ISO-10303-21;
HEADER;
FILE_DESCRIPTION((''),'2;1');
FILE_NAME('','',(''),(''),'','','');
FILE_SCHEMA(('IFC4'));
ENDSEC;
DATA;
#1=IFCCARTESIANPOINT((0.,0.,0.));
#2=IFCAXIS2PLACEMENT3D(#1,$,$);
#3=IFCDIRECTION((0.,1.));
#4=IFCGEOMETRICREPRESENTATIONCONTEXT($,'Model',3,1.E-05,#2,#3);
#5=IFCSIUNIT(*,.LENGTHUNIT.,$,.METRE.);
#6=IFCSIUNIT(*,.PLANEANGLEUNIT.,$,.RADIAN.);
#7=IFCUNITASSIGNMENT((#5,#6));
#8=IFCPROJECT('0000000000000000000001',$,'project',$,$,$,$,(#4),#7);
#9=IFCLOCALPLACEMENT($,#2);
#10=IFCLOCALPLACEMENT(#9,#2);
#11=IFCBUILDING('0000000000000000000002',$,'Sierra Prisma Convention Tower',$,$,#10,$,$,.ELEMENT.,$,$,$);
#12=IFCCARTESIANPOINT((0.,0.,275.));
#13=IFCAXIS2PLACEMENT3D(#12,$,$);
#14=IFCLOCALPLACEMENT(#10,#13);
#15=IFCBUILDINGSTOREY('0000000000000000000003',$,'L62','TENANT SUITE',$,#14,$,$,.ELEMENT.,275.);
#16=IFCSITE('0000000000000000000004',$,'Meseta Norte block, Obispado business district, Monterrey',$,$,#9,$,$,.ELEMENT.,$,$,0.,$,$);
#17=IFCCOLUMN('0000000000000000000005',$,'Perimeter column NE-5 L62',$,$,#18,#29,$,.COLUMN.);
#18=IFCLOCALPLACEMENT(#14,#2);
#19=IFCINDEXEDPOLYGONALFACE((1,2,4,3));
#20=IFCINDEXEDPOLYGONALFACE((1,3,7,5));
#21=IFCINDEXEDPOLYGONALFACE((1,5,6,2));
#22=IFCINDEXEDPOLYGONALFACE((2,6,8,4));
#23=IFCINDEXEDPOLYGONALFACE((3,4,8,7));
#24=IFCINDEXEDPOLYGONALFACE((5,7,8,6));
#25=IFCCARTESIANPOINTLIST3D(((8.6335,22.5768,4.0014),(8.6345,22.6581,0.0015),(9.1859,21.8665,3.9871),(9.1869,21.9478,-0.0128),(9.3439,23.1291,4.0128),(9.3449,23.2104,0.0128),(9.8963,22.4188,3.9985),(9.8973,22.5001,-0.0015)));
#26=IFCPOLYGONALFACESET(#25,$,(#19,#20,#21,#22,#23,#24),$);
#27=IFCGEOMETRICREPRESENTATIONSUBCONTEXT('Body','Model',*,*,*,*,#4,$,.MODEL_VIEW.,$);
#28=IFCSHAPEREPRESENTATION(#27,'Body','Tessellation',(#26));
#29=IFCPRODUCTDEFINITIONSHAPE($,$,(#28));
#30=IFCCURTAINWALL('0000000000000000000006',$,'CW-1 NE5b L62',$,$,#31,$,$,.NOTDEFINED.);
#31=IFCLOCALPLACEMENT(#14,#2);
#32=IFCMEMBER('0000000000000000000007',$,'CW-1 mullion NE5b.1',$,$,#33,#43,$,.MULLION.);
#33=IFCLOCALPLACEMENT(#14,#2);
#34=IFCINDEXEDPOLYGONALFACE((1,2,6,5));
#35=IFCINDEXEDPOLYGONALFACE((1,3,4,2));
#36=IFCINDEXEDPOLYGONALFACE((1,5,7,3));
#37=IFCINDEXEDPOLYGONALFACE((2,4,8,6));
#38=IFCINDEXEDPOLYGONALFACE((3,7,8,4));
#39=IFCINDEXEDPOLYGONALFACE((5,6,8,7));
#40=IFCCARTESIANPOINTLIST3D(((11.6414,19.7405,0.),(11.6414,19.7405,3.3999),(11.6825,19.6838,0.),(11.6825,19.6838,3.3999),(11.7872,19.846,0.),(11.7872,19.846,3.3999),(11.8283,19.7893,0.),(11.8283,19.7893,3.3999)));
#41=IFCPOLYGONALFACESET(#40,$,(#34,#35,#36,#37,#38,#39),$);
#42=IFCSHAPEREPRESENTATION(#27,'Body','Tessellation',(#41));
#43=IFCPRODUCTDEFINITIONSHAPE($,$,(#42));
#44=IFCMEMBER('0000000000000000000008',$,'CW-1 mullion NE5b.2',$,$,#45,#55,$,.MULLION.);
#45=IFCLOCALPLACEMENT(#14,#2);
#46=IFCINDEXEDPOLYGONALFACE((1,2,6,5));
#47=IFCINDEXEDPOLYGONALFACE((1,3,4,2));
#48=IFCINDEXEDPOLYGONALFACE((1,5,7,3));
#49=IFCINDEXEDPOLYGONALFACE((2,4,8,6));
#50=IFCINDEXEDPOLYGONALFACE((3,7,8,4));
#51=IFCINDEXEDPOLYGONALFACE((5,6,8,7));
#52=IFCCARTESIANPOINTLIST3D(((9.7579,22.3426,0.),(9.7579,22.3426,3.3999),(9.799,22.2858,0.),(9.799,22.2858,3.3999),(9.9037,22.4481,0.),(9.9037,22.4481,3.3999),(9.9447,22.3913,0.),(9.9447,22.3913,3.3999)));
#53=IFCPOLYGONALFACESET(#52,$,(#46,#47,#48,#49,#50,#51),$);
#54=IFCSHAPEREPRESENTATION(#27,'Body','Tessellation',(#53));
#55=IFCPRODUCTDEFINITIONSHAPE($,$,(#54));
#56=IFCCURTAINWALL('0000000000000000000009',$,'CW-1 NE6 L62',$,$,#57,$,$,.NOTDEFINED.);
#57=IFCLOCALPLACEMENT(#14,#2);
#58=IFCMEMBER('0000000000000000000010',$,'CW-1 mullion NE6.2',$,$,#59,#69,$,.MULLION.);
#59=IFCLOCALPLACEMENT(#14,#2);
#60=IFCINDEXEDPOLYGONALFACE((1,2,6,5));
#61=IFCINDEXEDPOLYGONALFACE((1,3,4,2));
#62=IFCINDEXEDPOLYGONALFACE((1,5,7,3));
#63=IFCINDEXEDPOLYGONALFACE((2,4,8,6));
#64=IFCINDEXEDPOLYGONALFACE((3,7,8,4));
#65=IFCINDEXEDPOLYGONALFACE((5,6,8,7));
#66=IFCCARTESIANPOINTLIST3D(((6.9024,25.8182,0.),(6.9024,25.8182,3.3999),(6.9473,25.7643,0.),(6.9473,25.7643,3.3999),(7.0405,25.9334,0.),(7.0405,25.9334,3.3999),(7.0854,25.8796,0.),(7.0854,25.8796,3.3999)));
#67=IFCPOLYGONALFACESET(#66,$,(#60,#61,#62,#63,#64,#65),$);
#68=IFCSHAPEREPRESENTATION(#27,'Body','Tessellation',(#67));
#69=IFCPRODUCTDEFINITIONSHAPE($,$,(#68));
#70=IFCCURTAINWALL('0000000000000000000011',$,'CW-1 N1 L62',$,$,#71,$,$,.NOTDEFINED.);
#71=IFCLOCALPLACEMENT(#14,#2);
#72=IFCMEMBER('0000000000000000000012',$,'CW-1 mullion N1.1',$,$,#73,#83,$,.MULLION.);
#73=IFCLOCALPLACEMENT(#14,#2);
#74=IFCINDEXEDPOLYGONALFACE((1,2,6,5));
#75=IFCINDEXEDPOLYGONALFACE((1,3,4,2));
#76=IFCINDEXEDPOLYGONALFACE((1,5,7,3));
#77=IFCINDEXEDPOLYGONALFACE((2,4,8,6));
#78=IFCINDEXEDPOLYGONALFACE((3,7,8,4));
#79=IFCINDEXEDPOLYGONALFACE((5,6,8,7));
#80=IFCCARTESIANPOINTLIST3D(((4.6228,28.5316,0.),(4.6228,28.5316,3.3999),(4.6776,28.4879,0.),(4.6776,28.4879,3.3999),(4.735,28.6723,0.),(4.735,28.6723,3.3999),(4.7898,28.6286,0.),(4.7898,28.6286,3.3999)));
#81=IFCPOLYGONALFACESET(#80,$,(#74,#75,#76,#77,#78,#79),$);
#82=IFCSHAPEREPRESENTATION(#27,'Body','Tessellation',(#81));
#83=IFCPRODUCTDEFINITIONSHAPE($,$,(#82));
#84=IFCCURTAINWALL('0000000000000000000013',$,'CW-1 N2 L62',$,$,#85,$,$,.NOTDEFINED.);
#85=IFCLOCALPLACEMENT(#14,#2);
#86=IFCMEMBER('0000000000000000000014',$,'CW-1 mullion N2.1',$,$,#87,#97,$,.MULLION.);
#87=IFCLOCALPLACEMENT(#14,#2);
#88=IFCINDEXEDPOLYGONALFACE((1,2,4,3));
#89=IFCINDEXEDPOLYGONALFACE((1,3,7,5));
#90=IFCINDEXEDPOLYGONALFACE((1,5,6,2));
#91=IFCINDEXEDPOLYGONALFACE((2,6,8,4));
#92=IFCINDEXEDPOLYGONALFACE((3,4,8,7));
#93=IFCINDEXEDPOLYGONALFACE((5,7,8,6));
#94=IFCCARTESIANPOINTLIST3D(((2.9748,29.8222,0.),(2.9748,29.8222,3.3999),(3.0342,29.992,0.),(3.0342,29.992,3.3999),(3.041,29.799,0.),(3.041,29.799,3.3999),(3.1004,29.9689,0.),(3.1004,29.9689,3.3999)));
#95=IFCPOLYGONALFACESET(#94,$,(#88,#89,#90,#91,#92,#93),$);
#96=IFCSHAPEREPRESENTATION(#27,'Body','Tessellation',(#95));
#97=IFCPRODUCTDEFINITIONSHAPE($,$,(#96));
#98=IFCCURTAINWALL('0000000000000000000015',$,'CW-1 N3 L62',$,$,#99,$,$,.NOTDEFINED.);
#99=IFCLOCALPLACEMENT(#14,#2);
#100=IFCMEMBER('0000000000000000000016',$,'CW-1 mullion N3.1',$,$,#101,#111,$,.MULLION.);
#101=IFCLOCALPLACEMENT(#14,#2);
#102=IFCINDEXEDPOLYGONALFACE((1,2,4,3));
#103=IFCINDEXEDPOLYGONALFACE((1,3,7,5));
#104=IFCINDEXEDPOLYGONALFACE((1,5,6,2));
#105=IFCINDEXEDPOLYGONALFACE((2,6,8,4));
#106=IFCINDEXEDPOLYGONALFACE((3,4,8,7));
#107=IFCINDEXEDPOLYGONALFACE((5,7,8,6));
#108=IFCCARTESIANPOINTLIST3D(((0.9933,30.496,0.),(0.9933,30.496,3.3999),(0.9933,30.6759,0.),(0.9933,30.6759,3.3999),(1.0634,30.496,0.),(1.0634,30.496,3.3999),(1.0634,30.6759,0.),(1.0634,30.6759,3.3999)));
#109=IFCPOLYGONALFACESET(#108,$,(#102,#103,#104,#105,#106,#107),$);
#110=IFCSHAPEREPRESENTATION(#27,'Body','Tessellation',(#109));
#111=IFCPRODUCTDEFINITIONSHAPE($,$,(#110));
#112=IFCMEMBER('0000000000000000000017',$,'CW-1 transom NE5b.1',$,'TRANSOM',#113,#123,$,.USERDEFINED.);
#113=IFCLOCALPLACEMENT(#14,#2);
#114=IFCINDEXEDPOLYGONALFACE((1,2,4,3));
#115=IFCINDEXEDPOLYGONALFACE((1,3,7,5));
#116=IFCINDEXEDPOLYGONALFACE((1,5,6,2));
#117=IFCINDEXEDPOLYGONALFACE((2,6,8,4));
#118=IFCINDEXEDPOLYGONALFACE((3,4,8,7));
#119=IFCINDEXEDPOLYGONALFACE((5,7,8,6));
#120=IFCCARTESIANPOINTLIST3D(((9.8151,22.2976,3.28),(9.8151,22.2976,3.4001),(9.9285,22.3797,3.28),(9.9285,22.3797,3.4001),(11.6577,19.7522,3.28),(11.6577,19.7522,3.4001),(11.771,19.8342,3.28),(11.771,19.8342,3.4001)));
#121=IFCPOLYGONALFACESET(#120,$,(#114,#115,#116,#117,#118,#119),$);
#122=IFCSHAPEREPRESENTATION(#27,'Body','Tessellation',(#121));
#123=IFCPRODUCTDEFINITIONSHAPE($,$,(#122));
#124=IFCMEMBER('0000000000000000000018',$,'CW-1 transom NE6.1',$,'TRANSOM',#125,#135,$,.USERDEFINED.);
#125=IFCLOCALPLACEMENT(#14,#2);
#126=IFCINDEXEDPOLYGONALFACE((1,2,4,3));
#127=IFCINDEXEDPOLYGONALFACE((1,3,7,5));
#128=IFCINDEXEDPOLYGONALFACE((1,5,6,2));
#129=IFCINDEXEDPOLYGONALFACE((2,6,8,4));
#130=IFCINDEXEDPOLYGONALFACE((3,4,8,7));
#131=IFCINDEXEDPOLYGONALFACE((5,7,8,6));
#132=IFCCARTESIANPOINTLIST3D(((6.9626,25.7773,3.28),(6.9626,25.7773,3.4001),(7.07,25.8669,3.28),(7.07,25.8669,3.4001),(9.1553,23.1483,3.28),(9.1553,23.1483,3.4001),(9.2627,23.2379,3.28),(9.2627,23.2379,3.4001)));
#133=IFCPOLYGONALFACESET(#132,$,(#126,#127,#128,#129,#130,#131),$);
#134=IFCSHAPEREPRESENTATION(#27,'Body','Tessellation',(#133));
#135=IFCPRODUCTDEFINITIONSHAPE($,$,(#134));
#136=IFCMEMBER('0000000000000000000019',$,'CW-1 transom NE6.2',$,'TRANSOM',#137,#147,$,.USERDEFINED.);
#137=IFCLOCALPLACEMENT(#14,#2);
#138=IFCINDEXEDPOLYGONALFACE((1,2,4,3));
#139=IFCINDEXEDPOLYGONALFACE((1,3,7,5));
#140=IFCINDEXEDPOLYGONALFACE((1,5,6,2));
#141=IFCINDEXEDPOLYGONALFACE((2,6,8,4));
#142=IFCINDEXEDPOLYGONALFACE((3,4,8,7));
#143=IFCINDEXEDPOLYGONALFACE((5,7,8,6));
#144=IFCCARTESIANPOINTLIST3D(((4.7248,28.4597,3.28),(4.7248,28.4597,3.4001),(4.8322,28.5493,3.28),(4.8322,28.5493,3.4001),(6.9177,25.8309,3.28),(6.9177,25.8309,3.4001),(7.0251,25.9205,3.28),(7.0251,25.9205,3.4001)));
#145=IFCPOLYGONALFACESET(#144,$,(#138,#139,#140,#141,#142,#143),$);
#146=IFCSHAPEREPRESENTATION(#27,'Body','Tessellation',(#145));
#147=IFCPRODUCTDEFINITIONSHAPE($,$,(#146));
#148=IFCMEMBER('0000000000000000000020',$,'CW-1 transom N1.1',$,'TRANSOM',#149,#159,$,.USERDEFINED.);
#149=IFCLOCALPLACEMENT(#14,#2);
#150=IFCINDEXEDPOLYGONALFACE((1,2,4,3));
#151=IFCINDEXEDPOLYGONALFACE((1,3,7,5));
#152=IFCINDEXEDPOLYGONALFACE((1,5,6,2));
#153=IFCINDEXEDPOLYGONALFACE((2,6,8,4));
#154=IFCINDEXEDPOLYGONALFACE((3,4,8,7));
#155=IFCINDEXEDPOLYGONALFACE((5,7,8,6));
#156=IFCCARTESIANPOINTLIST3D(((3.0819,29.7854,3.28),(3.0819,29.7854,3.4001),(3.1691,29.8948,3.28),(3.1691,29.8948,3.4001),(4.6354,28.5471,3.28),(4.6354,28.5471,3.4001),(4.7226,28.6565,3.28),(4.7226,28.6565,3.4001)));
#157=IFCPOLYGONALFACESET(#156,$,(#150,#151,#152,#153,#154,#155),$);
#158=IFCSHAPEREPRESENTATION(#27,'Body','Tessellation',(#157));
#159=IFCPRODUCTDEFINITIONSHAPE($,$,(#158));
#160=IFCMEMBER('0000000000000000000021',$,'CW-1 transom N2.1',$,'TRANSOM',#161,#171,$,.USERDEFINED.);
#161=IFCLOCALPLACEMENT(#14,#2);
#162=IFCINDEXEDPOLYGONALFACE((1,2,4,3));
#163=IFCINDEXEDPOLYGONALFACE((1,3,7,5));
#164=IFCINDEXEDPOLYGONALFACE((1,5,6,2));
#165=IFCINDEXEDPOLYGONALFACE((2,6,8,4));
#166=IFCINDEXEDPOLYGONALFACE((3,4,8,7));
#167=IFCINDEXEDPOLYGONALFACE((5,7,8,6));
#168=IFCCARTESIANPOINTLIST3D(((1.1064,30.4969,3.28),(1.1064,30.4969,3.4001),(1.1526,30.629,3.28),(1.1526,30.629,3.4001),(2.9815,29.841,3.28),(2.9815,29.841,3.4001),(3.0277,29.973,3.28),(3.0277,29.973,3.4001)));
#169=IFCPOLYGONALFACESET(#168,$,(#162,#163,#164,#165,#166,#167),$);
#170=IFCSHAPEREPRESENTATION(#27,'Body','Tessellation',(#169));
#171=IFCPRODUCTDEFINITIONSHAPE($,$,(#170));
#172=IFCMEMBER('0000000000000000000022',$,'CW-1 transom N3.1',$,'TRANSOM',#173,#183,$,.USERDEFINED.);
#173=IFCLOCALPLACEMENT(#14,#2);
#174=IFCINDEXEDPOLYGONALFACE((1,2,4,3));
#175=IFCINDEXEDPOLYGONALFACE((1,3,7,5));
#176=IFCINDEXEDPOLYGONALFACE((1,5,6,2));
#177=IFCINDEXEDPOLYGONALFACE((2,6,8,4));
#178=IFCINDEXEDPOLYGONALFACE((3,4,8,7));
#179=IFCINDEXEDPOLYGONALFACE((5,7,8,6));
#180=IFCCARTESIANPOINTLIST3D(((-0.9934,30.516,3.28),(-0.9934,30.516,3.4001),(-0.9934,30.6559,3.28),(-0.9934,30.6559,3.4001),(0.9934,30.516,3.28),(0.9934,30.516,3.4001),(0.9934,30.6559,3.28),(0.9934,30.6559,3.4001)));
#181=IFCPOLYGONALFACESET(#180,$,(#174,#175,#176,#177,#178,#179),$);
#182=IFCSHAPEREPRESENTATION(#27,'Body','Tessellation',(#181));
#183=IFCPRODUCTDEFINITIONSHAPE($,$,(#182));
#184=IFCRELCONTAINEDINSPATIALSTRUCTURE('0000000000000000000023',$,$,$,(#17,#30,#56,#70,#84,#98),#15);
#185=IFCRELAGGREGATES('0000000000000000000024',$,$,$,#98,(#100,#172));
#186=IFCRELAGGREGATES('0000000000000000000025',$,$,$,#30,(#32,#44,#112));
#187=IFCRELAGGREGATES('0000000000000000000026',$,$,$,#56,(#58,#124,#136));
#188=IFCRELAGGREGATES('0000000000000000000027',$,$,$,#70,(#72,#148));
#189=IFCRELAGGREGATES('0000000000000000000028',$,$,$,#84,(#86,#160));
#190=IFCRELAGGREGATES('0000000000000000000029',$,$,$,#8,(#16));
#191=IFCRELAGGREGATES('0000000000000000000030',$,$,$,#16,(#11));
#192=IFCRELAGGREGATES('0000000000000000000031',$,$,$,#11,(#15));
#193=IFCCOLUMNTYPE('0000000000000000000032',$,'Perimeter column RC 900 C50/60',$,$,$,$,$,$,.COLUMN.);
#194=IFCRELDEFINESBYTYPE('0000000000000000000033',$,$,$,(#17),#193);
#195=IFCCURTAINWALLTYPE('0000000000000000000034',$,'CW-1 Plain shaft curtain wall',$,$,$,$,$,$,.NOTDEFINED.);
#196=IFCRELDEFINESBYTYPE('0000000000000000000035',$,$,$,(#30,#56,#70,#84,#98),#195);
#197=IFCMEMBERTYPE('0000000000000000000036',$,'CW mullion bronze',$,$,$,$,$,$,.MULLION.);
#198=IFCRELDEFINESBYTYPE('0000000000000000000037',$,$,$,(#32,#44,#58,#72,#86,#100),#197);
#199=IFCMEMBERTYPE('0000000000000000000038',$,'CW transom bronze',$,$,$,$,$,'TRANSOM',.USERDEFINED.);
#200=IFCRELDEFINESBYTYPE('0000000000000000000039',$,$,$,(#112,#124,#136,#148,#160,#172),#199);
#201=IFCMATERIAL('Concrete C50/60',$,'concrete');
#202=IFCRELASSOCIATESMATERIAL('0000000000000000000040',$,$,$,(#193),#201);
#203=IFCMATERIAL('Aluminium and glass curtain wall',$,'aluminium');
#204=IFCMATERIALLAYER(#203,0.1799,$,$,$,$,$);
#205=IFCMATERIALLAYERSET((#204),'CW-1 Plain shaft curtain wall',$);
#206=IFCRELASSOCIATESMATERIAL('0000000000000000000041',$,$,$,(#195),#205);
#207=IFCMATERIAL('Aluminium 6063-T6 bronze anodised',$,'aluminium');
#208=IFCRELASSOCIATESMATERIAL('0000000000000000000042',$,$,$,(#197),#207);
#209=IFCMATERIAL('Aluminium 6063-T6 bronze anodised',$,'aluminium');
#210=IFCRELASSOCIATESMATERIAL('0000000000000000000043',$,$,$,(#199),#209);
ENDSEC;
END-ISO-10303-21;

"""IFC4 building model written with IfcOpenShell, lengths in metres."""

from ifc_helpers import new_model, si_unit, direction, frame, origin, origin_2d, place, context, subcontext, project, spatial, rectangle, extrude, material, layer, layer_set, material_profile, profile_set, type_object, element, aggregate, save


model = new_model("IFC4")

# Units and contexts
model_context = context("Model", 3, precision=1e-05, world=origin(), true_north=direction((0.0, 1.0)))
body_context = subcontext(model_context, "Body", "Model", "MODEL_VIEW")
ifc_project = project(units=[si_unit("LENGTHUNIT", "METRE"), si_unit("PLANEANGLEUNIT", "RADIAN")], contexts=[model_context])

# Site, building, storey
site_placement = place(None, origin())
site = spatial("IfcSite", under=ifc_project, at=site_placement, Name="Meseta Norte block, Obispado business district, Monterrey", CompositionType="ELEMENT", RefElevation=0.0)
building_placement = place(site_placement, origin())
building = spatial("IfcBuilding", under=site, at=building_placement, Name="Sierra Prisma Convention Tower", CompositionType="ELEMENT")
storey_placement = place(building_placement, frame((0.0, 0.0, 275.0)))
storey = spatial("IfcBuildingStorey", under=building, at=storey_placement, Name="L62", Description="TENANT SUITE", CompositionType="ELEMENT", Elevation=275.0)

# Column
ifc_material_1 = material(Name="Concrete C50/60", Category="concrete")
ifc_material_profile_1 = material_profile(ifc_material_1, rectangle(XDim=0.8999, YDim=0.8999, at=origin_2d()), Name="Perimeter column RC 900 C50/60")
ifc_profile_set_1 = profile_set([ifc_material_profile_1], Name="Concrete C50/60")
column_type = type_object("IfcColumnType", Name="Perimeter column RC 900 C50/60", PredefinedType="COLUMN", material=ifc_profile_set_1)
column_placement = place(storey_placement, frame((9.2659, 22.5791, 0.0), z_axis=(-0.000244, -0.020321, 0.999793), x_axis=(-0.613832, 0.789277, 0.015892)))
element("IfcColumn", 1, at=column_placement, inside=storey, type_object=column_type, Name="Perimeter column NE-5 L62", PredefinedType="COLUMN", context=body_context, shape_type="SweptSolid", body=[
    extrude(rectangle(XDim=0.8999, YDim=0.8999, at=origin_2d()), origin(), (0.0, 0.0, 1.0), 4.0007),
])

# Curtain wall, members
ifc_material_2 = material(Name="Aluminium and glass curtain wall", Category="aluminium")
ifc_layer_1 = layer(ifc_material_2, 0.1799)
ifc_layer_set_1 = layer_set([ifc_layer_1], Name="CW-1 Plain shaft curtain wall")
curtain_wall_type_1 = type_object("IfcCurtainWallType", Name="CW-1 Plain shaft curtain wall", PredefinedType="NOTDEFINED", material=ifc_layer_set_1)
curtain_wall_1_placement = place(storey_placement, origin())
curtain_wall_1 = element("IfcCurtainWall", 2, at=curtain_wall_1_placement, inside=storey, type_object=curtain_wall_type_1, Name="CW-1 NE5b L62", PredefinedType="NOTDEFINED")
ifc_material_3 = material(Name="Aluminium 6063-T6 bronze anodised", Category="aluminium")
ifc_material_profile_2 = material_profile(ifc_material_3, rectangle(XDim=0.1799, YDim=0.0701, at=origin_2d()), Name="ALU MULLION 70x180")
ifc_profile_set_2 = profile_set([ifc_material_profile_2], Name="Aluminium 6063-T6 bronze anodised")
member_type_1 = type_object("IfcMemberType", Name="CW mullion bronze", PredefinedType="MULLION", material=ifc_profile_set_2)
member_1_placement = place(storey_placement, frame((11.7349, 19.7649, 0.0), z_axis=(0.0, 0.0, 1.0), x_axis=(-0.810038, -0.586377, 0.0)))
member_1 = element("IfcMember", 3, at=member_1_placement, type_object=member_type_1, Name="CW-1 mullion NE5b.1", PredefinedType="MULLION", context=body_context, shape_type="SweptSolid", body=[
    extrude(rectangle(XDim=0.1799, YDim=0.0701, at=origin_2d()), origin(), (0.0, 0.0, 1.0), 3.3999),
])
member_2_placement = place(storey_placement, frame((9.8513, 22.3669, 0.0), z_axis=(0.0, 0.0, 1.0), x_axis=(-0.810038, -0.586377, 0.0)))
member_2 = element("IfcMember", 4, at=member_2_placement, type_object=member_type_1, Name="CW-1 mullion NE5b.2", PredefinedType="MULLION", context=body_context, shape_type="SweptSolid", body=[
    extrude(rectangle(XDim=0.1799, YDim=0.0701, at=origin_2d()), origin(), (0.0, 0.0, 1.0), 3.3999),
])

# Curtain walls, members
curtain_wall_2_placement = place(storey_placement, origin())
curtain_wall_2 = element("IfcCurtainWall", 5, at=curtain_wall_2_placement, inside=storey, type_object=curtain_wall_type_1, Name="CW-1 NE6 L62", PredefinedType="NOTDEFINED")
member_3_placement = place(storey_placement, frame((6.9939, 25.8489, 0.0), z_axis=(0.0, 0.0, 1.0), x_axis=(-0.767904, -0.640564, 0.0)))
member_3 = element("IfcMember", 6, at=member_3_placement, type_object=member_type_1, Name="CW-1 mullion NE6.2", PredefinedType="MULLION", context=body_context, shape_type="SweptSolid", body=[
    extrude(rectangle(XDim=0.1799, YDim=0.0701, at=origin_2d()), origin(), (0.0, 0.0, 1.0), 3.3999),
])
curtain_wall_3_placement = place(storey_placement, origin())
curtain_wall_3 = element("IfcCurtainWall", 7, at=curtain_wall_3_placement, inside=storey, type_object=curtain_wall_type_1, Name="CW-1 N1 L62", PredefinedType="NOTDEFINED")
member_4_placement = place(storey_placement, frame((4.7063, 28.5801, 0.0), z_axis=(0.0, 0.0, 1.0), x_axis=(-0.623326, -0.781962, 0.0)))
member_4 = element("IfcMember", 8, at=member_4_placement, type_object=member_type_1, Name="CW-1 mullion N1.1", PredefinedType="MULLION", context=body_context, shape_type="SweptSolid", body=[
    extrude(rectangle(XDim=0.1799, YDim=0.0701, at=origin_2d()), origin(), (0.0, 0.0, 1.0), 3.3999),
])
curtain_wall_4_placement = place(storey_placement, origin())
curtain_wall_4 = element("IfcCurtainWall", 9, at=curtain_wall_4_placement, inside=storey, type_object=curtain_wall_type_1, Name="CW-1 N2 L62", PredefinedType="NOTDEFINED")
member_5_placement = place(storey_placement, frame((3.0376, 29.8955, 0.0), z_axis=(0.0, 0.0, 1.0), x_axis=(-0.33018, -0.943918, 0.0)))
member_5 = element("IfcMember", 10, at=member_5_placement, type_object=member_type_1, Name="CW-1 mullion N2.1", PredefinedType="MULLION", context=body_context, shape_type="SweptSolid", body=[
    extrude(rectangle(XDim=0.1799, YDim=0.0701, at=origin_2d()), origin(), (0.0, 0.0, 1.0), 3.3999),
])
curtain_wall_5_placement = place(storey_placement, origin())
curtain_wall_5 = element("IfcCurtainWall", 11, at=curtain_wall_5_placement, inside=storey, type_object=curtain_wall_type_1, Name="CW-1 N3 L62", PredefinedType="NOTDEFINED")
member_6_placement = place(storey_placement, frame((1.0283, 30.5859, 0.0), z_axis=(0.0, 0.0, 1.0), x_axis=(0.0, -1.0, 0.0)))
member_6 = element("IfcMember", 12, at=member_6_placement, type_object=member_type_1, Name="CW-1 mullion N3.1", PredefinedType="MULLION", context=body_context, shape_type="SweptSolid", body=[
    extrude(rectangle(XDim=0.1799, YDim=0.0701, at=origin_2d()), origin(), (0.0, 0.0, 1.0), 3.3999),
])

# Members
ifc_material_4 = material(Name="Aluminium 6063-T6 bronze anodised", Category="aluminium")
ifc_material_profile_3 = material_profile(ifc_material_4, rectangle(XDim=0.1399, YDim=0.1201, at=origin_2d()), Name="ALU TRANSOM 120x140")
ifc_profile_set_3 = profile_set([ifc_material_profile_3], Name="Aluminium 6063-T6 bronze anodised")
member_type_2 = type_object("IfcMemberType", Name="CW transom bronze", ElementType="TRANSOM", PredefinedType="USERDEFINED", material=ifc_profile_set_3)
member_7_placement = place(storey_placement, frame((11.7144, 19.7932, 3.3401), z_axis=(-0.586364, 0.810048, 0.0), x_axis=(-0.810048, -0.586364, 0.0)))
member_7 = element("IfcMember", 13, at=member_7_placement, type_object=member_type_2, Name="CW-1 transom NE5b.1", ObjectType="TRANSOM", PredefinedType="USERDEFINED", context=body_context, shape_type="SweptSolid", body=[
    extrude(rectangle(XDim=0.1399, YDim=0.1201, at=origin_2d()), origin(), (0.0, 0.0, 1.0), 3.1423),
])
member_8_placement = place(storey_placement, frame((9.209, 23.1931, 3.3401), z_axis=(-0.640507, 0.767952, 0.0), x_axis=(-0.767952, -0.640507, 0.0)))
member_8 = element("IfcMember", 14, at=member_8_placement, type_object=member_type_2, Name="CW-1 transom NE6.1", ObjectType="TRANSOM", PredefinedType="USERDEFINED", context=body_context, shape_type="SweptSolid", body=[
    extrude(rectangle(XDim=0.1399, YDim=0.1201, at=origin_2d()), origin(), (0.0, 0.0, 1.0), 3.4233),
])
member_9_placement = place(storey_placement, frame((6.9714, 25.8757, 3.3401), z_axis=(-0.640584, 0.767888, 0.0), x_axis=(-0.767888, -0.640584, 0.0)))
member_9 = element("IfcMember", 15, at=member_9_placement, type_object=member_type_2, Name="CW-1 transom NE6.2", ObjectType="TRANSOM", PredefinedType="USERDEFINED", context=body_context, shape_type="SweptSolid", body=[
    extrude(rectangle(XDim=0.1399, YDim=0.1201, at=origin_2d()), origin(), (0.0, 0.0, 1.0), 3.4233),
])
member_10_placement = place(storey_placement, frame((4.679, 28.6018, 3.3401), z_axis=(-0.781971, 0.623315, 0.0), x_axis=(-0.623315, -0.781971, 0.0)))
member_10 = element("IfcMember", 16, at=member_10_placement, type_object=member_type_2, Name="CW-1 transom N1.1", ObjectType="TRANSOM", PredefinedType="USERDEFINED", context=body_context, shape_type="SweptSolid", body=[
    extrude(rectangle(XDim=0.1399, YDim=0.1201, at=origin_2d()), origin(), (0.0, 0.0, 1.0), 1.9866),
])
member_11_placement = place(storey_placement, frame((3.0046, 29.907, 3.3401), z_axis=(-0.94391, 0.330203, 0.0), x_axis=(-0.330203, -0.94391, 0.0)))
member_11 = element("IfcMember", 17, at=member_11_placement, type_object=member_type_2, Name="CW-1 transom N2.1", ObjectType="TRANSOM", PredefinedType="USERDEFINED", context=body_context, shape_type="SweptSolid", body=[
    extrude(rectangle(XDim=0.1399, YDim=0.1201, at=origin_2d()), origin(), (0.0, 0.0, 1.0), 1.9866),
])
member_12_placement = place(storey_placement, frame((0.9934, 30.5859, 3.3401), z_axis=(-1.0, 0.0, 0.0), x_axis=(0.0, -1.0, 0.0)))
member_12 = element("IfcMember", 18, at=member_12_placement, type_object=member_type_2, Name="CW-1 transom N3.1", ObjectType="TRANSOM", PredefinedType="USERDEFINED", context=body_context, shape_type="SweptSolid", body=[
    extrude(rectangle(XDim=0.1399, YDim=0.1201, at=origin_2d()), origin(), (0.0, 0.0, 1.0), 1.9868),
])
aggregate(curtain_wall_5, [member_6, member_12])

aggregate(curtain_wall_1, [member_1, member_2, member_7])
aggregate(curtain_wall_2, [member_3, member_8, member_9])
aggregate(curtain_wall_3, [member_4, member_10])
aggregate(curtain_wall_4, [member_5, member_11])

save(model, "model.ifc")
